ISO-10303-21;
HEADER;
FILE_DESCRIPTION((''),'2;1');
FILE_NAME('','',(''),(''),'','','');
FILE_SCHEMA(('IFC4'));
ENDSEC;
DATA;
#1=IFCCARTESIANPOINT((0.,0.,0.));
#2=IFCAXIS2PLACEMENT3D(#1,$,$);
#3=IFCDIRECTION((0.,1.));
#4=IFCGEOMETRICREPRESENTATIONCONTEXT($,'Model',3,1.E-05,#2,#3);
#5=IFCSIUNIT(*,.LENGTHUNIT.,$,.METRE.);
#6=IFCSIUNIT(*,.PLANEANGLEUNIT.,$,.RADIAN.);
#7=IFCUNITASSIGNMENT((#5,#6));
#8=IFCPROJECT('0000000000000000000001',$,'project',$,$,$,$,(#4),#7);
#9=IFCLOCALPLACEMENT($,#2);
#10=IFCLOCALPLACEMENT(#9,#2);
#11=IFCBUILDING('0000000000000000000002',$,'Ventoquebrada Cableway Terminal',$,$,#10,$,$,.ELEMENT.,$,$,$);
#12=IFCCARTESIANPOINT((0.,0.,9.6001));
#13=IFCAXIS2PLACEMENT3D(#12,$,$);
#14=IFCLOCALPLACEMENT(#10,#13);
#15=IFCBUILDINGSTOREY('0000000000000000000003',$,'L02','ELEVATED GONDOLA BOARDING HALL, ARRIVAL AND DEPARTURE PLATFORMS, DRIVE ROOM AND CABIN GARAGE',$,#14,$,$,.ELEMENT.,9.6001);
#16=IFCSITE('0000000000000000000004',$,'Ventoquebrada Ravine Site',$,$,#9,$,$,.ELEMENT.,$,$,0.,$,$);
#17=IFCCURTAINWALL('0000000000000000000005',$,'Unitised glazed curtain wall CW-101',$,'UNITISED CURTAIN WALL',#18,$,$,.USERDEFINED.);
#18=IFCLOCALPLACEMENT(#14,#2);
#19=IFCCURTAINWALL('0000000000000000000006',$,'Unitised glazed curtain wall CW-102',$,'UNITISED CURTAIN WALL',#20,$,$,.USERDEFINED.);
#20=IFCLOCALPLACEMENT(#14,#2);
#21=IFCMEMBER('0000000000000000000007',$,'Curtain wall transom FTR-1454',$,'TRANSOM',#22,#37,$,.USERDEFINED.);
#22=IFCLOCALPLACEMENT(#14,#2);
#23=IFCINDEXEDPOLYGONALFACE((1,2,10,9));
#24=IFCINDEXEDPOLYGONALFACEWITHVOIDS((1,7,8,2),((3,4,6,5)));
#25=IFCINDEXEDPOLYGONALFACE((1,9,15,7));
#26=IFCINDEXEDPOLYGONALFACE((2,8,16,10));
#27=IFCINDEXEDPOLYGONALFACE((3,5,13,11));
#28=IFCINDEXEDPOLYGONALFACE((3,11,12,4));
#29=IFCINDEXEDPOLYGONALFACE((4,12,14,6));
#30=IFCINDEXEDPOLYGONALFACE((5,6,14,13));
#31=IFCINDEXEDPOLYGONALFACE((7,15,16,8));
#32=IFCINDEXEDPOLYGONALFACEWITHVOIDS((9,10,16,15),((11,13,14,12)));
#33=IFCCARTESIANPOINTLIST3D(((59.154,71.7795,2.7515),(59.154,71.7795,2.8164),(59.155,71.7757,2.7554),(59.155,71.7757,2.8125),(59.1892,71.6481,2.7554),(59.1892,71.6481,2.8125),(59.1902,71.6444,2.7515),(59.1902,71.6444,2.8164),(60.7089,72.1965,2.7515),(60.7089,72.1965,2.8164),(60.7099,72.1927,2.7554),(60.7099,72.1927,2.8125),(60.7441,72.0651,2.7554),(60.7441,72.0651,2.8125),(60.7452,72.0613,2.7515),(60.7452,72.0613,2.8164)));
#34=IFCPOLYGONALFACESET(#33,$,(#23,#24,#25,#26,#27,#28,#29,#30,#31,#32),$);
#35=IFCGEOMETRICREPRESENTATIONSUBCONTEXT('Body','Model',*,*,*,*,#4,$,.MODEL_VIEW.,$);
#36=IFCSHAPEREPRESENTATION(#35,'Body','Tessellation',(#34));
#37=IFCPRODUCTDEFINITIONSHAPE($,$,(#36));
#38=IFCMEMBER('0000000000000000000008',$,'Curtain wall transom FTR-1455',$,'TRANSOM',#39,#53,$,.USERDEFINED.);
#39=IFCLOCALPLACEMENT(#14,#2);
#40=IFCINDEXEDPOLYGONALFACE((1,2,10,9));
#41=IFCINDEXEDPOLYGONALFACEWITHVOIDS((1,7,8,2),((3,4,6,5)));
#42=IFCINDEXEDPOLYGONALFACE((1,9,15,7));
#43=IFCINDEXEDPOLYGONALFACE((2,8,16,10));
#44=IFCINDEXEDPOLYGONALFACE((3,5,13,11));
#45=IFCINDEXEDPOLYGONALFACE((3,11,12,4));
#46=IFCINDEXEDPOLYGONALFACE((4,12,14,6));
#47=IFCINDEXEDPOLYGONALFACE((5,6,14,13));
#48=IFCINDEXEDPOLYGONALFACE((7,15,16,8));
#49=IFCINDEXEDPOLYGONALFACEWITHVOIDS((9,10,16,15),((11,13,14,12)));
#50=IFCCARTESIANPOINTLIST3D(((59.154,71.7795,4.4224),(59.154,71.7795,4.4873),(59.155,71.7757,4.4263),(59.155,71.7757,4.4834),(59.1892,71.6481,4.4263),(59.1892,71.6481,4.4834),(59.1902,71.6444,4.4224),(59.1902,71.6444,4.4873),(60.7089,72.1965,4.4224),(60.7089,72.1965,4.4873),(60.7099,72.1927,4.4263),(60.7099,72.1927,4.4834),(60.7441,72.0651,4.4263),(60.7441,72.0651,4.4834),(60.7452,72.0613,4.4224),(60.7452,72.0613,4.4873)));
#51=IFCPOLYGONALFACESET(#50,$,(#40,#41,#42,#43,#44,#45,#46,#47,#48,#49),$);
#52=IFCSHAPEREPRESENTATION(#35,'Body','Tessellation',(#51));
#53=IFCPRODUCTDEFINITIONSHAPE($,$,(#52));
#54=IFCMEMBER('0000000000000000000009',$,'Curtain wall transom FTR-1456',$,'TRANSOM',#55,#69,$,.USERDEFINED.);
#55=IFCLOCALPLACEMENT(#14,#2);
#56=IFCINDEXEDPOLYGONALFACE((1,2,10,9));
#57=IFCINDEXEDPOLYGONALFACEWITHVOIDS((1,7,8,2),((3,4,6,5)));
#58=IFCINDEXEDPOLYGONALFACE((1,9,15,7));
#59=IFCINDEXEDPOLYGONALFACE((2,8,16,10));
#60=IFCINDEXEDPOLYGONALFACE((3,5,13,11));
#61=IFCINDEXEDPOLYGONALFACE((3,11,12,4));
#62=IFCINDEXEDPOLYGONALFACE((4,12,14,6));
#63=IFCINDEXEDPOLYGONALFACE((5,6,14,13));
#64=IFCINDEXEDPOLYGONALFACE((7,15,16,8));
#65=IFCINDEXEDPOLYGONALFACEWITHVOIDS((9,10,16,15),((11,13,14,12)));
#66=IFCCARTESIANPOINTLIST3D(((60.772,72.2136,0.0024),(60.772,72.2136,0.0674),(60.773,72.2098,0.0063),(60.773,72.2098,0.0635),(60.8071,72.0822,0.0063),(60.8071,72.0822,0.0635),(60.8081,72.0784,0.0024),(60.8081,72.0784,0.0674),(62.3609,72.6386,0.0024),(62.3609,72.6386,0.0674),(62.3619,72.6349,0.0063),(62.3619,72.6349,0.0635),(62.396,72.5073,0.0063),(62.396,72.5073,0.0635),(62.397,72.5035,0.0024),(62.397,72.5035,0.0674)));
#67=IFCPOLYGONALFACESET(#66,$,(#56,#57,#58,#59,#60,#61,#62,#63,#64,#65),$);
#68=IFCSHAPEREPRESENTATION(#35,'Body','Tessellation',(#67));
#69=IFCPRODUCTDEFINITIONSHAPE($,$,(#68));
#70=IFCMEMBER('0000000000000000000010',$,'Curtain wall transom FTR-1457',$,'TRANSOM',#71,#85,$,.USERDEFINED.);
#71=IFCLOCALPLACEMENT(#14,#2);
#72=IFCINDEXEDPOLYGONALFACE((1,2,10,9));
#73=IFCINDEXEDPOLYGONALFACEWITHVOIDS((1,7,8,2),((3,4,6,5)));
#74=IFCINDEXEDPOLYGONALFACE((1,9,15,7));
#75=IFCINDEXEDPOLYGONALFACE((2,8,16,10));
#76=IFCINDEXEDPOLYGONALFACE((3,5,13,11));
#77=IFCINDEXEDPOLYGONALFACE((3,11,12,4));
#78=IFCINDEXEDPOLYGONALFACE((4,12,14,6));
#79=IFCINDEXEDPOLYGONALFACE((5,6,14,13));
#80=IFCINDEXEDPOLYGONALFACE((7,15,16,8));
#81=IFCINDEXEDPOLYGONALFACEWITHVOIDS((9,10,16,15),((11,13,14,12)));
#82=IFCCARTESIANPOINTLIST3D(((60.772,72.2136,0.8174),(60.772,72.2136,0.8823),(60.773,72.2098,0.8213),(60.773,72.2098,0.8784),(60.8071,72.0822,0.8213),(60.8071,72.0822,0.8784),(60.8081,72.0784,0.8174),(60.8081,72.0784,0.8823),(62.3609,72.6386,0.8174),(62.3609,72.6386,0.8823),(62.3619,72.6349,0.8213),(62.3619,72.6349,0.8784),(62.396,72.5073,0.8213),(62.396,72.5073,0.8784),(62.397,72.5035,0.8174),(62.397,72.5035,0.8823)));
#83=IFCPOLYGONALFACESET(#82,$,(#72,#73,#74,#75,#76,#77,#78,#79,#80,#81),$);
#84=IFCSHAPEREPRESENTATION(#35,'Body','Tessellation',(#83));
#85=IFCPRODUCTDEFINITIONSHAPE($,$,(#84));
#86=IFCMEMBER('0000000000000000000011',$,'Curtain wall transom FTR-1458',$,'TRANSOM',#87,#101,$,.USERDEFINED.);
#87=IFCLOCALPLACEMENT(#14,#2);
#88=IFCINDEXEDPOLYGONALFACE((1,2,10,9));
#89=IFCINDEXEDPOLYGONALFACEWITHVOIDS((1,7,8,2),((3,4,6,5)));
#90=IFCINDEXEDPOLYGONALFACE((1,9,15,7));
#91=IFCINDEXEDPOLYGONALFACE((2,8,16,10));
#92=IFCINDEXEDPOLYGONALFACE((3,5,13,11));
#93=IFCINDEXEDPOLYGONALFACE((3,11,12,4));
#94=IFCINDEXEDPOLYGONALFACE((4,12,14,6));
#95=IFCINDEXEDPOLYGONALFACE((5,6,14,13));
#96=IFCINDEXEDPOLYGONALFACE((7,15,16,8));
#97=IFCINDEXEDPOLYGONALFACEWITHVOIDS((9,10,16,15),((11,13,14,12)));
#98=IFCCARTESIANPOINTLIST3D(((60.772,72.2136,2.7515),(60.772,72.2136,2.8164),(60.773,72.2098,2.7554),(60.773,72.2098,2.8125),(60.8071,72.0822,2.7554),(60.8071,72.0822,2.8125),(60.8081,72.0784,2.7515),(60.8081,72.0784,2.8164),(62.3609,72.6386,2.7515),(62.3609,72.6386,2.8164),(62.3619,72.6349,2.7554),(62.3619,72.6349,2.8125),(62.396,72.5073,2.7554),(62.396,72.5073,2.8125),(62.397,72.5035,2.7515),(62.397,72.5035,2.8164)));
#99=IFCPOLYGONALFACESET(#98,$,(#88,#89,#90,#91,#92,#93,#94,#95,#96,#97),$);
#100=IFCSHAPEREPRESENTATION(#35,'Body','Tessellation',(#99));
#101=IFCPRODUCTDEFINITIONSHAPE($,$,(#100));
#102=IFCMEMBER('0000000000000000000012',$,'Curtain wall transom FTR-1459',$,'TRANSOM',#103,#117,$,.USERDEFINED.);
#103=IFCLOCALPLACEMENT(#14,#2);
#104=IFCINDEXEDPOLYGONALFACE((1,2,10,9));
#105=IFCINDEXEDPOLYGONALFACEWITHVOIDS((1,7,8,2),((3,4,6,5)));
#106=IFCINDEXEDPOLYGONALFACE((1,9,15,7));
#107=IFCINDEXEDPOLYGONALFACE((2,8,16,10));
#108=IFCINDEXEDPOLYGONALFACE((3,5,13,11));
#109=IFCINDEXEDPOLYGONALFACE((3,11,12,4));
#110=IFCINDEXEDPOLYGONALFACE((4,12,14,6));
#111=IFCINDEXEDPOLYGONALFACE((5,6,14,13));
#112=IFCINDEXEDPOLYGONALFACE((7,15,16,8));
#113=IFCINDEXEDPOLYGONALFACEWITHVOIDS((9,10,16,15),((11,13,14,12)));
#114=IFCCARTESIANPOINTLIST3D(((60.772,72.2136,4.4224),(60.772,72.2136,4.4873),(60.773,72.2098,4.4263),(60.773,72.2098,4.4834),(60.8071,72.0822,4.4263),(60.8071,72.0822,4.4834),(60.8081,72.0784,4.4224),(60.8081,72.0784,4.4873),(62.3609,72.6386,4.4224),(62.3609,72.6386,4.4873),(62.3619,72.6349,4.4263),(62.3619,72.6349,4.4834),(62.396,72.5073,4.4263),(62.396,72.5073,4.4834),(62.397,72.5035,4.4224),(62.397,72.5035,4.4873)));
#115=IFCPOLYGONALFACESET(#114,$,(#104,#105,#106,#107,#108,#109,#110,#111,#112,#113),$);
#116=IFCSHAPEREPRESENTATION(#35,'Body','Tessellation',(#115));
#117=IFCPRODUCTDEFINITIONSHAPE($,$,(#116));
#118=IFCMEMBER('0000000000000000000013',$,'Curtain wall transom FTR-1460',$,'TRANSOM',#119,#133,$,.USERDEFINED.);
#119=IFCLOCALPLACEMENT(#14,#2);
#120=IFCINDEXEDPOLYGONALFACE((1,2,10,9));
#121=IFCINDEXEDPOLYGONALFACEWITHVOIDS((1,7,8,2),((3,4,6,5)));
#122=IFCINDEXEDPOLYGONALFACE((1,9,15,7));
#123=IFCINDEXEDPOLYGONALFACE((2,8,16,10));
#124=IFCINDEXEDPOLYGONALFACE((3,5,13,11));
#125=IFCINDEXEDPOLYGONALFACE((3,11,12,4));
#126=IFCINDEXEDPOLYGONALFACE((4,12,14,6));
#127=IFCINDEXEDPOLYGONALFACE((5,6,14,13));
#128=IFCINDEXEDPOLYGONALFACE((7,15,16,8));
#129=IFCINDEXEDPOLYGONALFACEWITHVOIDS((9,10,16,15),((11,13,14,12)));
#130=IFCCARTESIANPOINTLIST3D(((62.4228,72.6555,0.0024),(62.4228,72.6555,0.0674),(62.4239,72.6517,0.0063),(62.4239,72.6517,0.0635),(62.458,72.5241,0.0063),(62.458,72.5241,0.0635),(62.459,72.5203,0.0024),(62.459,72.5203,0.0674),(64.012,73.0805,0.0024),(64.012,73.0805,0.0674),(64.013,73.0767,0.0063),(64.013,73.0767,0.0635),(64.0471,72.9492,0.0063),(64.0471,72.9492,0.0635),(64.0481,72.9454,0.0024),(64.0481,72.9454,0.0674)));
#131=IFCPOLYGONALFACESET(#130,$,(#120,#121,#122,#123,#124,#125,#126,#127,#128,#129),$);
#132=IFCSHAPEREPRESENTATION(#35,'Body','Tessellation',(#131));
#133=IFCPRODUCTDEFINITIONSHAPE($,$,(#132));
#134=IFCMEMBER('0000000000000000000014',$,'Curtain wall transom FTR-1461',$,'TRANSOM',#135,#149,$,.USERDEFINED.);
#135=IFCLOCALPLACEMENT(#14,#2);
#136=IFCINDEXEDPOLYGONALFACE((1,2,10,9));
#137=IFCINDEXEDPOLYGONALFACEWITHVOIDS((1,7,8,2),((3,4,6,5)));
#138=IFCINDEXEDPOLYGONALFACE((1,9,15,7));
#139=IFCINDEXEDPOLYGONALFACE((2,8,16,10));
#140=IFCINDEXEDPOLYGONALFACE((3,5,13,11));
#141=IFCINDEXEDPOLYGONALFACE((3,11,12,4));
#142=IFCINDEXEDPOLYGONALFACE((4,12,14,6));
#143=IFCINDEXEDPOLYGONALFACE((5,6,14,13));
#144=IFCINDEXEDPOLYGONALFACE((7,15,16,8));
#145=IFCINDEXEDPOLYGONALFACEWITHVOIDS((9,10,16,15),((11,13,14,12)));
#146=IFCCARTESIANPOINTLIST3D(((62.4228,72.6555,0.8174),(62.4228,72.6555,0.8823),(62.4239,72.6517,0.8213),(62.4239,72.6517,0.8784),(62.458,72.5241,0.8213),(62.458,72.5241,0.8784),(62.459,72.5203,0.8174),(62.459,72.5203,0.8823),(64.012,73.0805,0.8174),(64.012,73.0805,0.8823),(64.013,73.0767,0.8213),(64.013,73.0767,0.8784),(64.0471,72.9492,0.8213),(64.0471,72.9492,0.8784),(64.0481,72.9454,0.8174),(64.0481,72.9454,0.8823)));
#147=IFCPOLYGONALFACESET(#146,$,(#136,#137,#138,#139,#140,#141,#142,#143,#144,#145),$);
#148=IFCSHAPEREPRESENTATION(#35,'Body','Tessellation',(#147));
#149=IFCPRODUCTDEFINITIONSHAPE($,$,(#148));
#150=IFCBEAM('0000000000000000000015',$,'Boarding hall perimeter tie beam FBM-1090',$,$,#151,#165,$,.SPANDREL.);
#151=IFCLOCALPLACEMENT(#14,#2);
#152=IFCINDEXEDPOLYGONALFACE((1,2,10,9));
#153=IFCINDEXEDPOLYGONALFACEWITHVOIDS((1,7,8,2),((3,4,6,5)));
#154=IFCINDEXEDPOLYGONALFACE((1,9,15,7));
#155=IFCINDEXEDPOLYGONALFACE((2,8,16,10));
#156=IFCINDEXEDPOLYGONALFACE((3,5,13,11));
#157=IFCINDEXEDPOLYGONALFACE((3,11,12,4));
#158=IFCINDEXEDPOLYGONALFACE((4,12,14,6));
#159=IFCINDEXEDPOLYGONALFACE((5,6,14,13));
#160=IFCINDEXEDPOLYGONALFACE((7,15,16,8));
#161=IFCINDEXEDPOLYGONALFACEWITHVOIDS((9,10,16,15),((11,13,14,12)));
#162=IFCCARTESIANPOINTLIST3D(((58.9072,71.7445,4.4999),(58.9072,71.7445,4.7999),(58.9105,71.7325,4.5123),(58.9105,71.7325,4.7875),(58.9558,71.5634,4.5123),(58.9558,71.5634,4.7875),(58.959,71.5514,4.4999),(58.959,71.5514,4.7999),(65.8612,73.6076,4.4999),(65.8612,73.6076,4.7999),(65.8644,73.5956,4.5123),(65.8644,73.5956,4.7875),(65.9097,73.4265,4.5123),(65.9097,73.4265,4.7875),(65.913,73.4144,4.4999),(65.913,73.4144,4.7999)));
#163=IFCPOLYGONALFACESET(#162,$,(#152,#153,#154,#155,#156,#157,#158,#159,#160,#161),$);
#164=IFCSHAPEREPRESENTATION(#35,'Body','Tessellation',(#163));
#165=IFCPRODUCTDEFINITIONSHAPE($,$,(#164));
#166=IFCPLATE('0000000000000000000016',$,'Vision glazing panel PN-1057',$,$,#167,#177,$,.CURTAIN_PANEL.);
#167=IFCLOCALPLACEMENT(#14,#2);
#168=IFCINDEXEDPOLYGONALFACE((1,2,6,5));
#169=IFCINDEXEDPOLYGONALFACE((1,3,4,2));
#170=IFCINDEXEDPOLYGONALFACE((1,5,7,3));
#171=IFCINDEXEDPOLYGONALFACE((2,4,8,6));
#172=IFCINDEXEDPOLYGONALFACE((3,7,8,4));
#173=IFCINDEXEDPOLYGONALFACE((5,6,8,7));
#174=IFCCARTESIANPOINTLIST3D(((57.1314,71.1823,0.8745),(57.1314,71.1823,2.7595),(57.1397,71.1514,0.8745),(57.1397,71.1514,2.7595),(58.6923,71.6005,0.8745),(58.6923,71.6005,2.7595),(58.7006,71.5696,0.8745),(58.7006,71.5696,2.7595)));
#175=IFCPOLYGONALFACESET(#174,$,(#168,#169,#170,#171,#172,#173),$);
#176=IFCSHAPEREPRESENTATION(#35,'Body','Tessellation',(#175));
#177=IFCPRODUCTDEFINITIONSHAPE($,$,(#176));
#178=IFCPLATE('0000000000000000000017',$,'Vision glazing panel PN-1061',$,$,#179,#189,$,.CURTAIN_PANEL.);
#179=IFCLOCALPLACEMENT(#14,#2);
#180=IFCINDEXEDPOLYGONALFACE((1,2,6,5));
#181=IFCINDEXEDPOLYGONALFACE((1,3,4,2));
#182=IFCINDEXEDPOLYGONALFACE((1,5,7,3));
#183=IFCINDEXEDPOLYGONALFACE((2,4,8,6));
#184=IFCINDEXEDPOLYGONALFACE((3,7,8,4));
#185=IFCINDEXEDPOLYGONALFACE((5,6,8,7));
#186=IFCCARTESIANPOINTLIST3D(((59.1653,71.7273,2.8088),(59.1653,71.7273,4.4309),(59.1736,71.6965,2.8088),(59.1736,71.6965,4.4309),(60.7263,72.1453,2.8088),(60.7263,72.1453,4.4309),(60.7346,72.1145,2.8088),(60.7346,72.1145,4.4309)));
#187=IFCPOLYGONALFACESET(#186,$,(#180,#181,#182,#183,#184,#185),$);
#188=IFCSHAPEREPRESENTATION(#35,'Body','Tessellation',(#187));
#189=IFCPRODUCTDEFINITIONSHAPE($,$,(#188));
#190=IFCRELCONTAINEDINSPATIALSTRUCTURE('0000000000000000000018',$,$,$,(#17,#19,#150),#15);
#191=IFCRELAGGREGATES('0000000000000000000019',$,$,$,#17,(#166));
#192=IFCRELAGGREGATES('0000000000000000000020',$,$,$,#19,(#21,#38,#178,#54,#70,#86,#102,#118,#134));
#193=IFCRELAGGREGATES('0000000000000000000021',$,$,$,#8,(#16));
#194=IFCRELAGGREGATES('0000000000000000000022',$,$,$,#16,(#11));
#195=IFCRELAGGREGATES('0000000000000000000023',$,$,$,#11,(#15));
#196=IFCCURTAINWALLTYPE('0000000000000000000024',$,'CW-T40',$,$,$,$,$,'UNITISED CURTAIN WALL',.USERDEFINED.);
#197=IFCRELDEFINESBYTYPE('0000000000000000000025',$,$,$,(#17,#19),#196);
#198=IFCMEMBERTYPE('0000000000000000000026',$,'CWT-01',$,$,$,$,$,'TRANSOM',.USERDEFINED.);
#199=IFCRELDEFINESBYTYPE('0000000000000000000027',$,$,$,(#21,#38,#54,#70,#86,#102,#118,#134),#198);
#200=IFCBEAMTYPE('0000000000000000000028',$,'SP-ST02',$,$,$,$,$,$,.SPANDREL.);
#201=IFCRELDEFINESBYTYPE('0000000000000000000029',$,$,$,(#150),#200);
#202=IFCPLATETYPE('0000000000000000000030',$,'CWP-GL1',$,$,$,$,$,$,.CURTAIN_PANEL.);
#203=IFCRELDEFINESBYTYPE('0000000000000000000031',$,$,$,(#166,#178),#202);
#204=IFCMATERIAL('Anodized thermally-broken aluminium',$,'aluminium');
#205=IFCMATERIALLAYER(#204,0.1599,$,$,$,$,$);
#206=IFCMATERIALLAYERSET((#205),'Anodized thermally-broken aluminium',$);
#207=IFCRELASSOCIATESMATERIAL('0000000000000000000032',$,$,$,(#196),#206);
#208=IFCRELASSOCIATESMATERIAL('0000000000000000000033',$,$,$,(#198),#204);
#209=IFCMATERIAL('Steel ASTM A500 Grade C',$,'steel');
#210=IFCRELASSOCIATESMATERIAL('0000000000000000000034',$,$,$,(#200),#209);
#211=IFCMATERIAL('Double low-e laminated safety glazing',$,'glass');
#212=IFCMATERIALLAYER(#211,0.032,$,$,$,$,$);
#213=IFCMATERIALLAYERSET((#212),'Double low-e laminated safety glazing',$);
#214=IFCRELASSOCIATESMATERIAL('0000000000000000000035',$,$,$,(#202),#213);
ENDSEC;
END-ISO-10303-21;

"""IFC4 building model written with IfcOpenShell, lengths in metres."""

from ifc_helpers import new_model, si_unit, direction, frame, origin, origin_2d, place, context, subcontext, project, spatial, rectangle, hollow_rectangle, extrude, material, layer, layer_set, material_profile, profile_set, type_object, element, aggregate, save


model = new_model("IFC4")

# Units and contexts
model_context = context("Model", 3, precision=1e-05, world=origin(), true_north=direction((0.0, 1.0)))
body_context = subcontext(model_context, "Body", "Model", "MODEL_VIEW")
ifc_project = project(units=[si_unit("LENGTHUNIT", "METRE"), si_unit("PLANEANGLEUNIT", "RADIAN")], contexts=[model_context])

# Site, building, storey
site_placement = place(None, origin())
site = spatial("IfcSite", under=ifc_project, at=site_placement, Name="Ventoquebrada Ravine Site", CompositionType="ELEMENT", RefElevation=0.0)
building_placement = place(site_placement, origin())
building = spatial("IfcBuilding", under=site, at=building_placement, Name="Ventoquebrada Cableway Terminal", CompositionType="ELEMENT")
storey_placement = place(building_placement, frame((0.0, 0.0, 9.6001)))
storey = spatial("IfcBuildingStorey", under=building, at=storey_placement, Name="L02", Description="ELEVATED GONDOLA BOARDING HALL, ARRIVAL AND DEPARTURE PLATFORMS, DRIVE ROOM AND CABIN GARAGE", CompositionType="ELEMENT", Elevation=9.6001)

# Shared definitions
ifc_material_1 = material(Name="Steel ASTM A500 Grade C", Category="steel")

# Curtain wall
ifc_material_2 = material(Name="Anodized thermally-broken aluminium", Category="aluminium")
ifc_layer_1 = layer(ifc_material_2, 0.1599)
ifc_layer_set_1 = layer_set([ifc_layer_1], Name="Anodized thermally-broken aluminium")
curtain_wall_type = type_object("IfcCurtainWallType", Name="CW-T40", ElementType="UNITISED CURTAIN WALL", PredefinedType="USERDEFINED", material=ifc_layer_set_1)
curtain_wall_1_placement = place(storey_placement, origin())
curtain_wall_1 = element("IfcCurtainWall", 1, at=curtain_wall_1_placement, inside=storey, type_object=curtain_wall_type, Name="Unitised glazed curtain wall CW-101", ObjectType="UNITISED CURTAIN WALL", PredefinedType="USERDEFINED")

# Curtain wall
curtain_wall_2_placement = place(storey_placement, origin())
curtain_wall_2 = element("IfcCurtainWall", 2, at=curtain_wall_2_placement, inside=storey, type_object=curtain_wall_type, Name="Unitised glazed curtain wall CW-102", ObjectType="UNITISED CURTAIN WALL", PredefinedType="USERDEFINED")

# Members
ifc_material_profile_1 = material_profile(ifc_material_2, hollow_rectangle(XDim=0.0649, YDim=0.1399, WallThickness=0.0039, at=origin_2d()), Name="CW-TRN-65X140")
ifc_profile_set_1 = profile_set([ifc_material_profile_1], Name="Anodized thermally-broken aluminium")
member_type_1 = type_object("IfcMemberType", Name="CWT-01", ElementType="TRANSOM", PredefinedType="USERDEFINED", material=ifc_profile_set_1)
member_1_placement = place(storey_placement, frame((59.1721, 71.7119, 2.7839), z_axis=(0.965872, 0.259022, 0.0), x_axis=(0.0, 0.0, 1.0)))
member_1 = element("IfcMember", 3, at=member_1_placement, type_object=member_type_1, Name="Curtain wall transom FTR-1454", ObjectType="TRANSOM", PredefinedType="USERDEFINED", context=body_context, shape_type="SweptSolid", body=[
    extrude(hollow_rectangle(XDim=0.0649, YDim=0.1399, WallThickness=0.0039, at=origin_2d()), origin(), (0.0, 0.0, 1.0), 1.6099),
])
member_2_placement = place(storey_placement, frame((59.1721, 71.7119, 4.4548), z_axis=(0.965872, 0.259022, 0.0), x_axis=(0.0, 0.0, 1.0)))
member_2 = element("IfcMember", 4, at=member_2_placement, type_object=member_type_1, Name="Curtain wall transom FTR-1455", ObjectType="TRANSOM", PredefinedType="USERDEFINED", context=body_context, shape_type="SweptSolid", body=[
    extrude(hollow_rectangle(XDim=0.0649, YDim=0.1399, WallThickness=0.0039, at=origin_2d()), origin(), (0.0, 0.0, 1.0), 1.6099),
])
member_3_placement = place(storey_placement, frame((60.79, 72.146, 0.0349), z_axis=(0.96603, 0.258429, 0.0), x_axis=(0.0, 0.0, 1.0)))
member_3 = element("IfcMember", 5, at=member_3_placement, type_object=member_type_1, Name="Curtain wall transom FTR-1456", ObjectType="TRANSOM", PredefinedType="USERDEFINED", context=body_context, shape_type="SweptSolid", body=[
    extrude(hollow_rectangle(XDim=0.0649, YDim=0.1399, WallThickness=0.0039, at=origin_2d()), origin(), (0.0, 0.0, 1.0), 1.6448),
])
member_4_placement = place(storey_placement, frame((60.79, 72.146, 0.8499), z_axis=(0.96603, 0.258429, 0.0), x_axis=(0.0, 0.0, 1.0)))
member_4 = element("IfcMember", 6, at=member_4_placement, type_object=member_type_1, Name="Curtain wall transom FTR-1457", ObjectType="TRANSOM", PredefinedType="USERDEFINED", context=body_context, shape_type="SweptSolid", body=[
    extrude(hollow_rectangle(XDim=0.0649, YDim=0.1399, WallThickness=0.0039, at=origin_2d()), origin(), (0.0, 0.0, 1.0), 1.6448),
])
member_5_placement = place(storey_placement, frame((60.79, 72.146, 2.7839), z_axis=(0.96603, 0.258429, 0.0), x_axis=(0.0, 0.0, 1.0)))
member_5 = element("IfcMember", 7, at=member_5_placement, type_object=member_type_1, Name="Curtain wall transom FTR-1458", ObjectType="TRANSOM", PredefinedType="USERDEFINED", context=body_context, shape_type="SweptSolid", body=[
    extrude(hollow_rectangle(XDim=0.0649, YDim=0.1399, WallThickness=0.0039, at=origin_2d()), origin(), (0.0, 0.0, 1.0), 1.6448),
])
member_6_placement = place(storey_placement, frame((60.79, 72.146, 4.4548), z_axis=(0.96603, 0.258429, 0.0), x_axis=(0.0, 0.0, 1.0)))
member_6 = element("IfcMember", 8, at=member_6_placement, type_object=member_type_1, Name="Curtain wall transom FTR-1459", ObjectType="TRANSOM", PredefinedType="USERDEFINED", context=body_context, shape_type="SweptSolid", body=[
    extrude(hollow_rectangle(XDim=0.0649, YDim=0.1399, WallThickness=0.0039, at=origin_2d()), origin(), (0.0, 0.0, 1.0), 1.6448),
])
member_7_placement = place(storey_placement, frame((62.4409, 72.5879, 0.0349), z_axis=(0.96604, 0.258392, 0.0), x_axis=(0.0, 0.0, 1.0)))
member_7 = element("IfcMember", 9, at=member_7_placement, type_object=member_type_1, Name="Curtain wall transom FTR-1460", ObjectType="TRANSOM", PredefinedType="USERDEFINED", context=body_context, shape_type="SweptSolid", body=[
    extrude(hollow_rectangle(XDim=0.0649, YDim=0.1399, WallThickness=0.0039, at=origin_2d()), origin(), (0.0, 0.0, 1.0), 1.645),
])
member_8_placement = place(storey_placement, frame((62.4409, 72.5879, 0.8499), z_axis=(0.96604, 0.258392, 0.0), x_axis=(0.0, 0.0, 1.0)))
member_8 = element("IfcMember", 10, at=member_8_placement, type_object=member_type_1, Name="Curtain wall transom FTR-1461", ObjectType="TRANSOM", PredefinedType="USERDEFINED", context=body_context, shape_type="SweptSolid", body=[
    extrude(hollow_rectangle(XDim=0.0649, YDim=0.1399, WallThickness=0.0039, at=origin_2d()), origin(), (0.0, 0.0, 1.0), 1.645),
])

# Beam
ifc_material_profile_2 = material_profile(ifc_material_1, hollow_rectangle(XDim=0.2, YDim=0.3, WallThickness=0.0125, at=origin_2d()), Name="RHS300X200X12.5")
ifc_profile_set_2 = profile_set([ifc_material_profile_2], Name="Steel ASTM A500 Grade C")
beam_type = type_object("IfcBeamType", Name="SP-ST02", PredefinedType="SPANDREL", material=ifc_profile_set_2)
beam_placement = place(storey_placement, frame((58.9331, 71.6479, 4.6499), z_axis=(0.965934, 0.258788, 0.0), x_axis=(-0.258788, 0.965934, 0.0)))
element("IfcBeam", 11, at=beam_placement, inside=storey, type_object=beam_type, Name="Boarding hall perimeter tie beam FBM-1090", PredefinedType="SPANDREL", context=body_context, shape_type="SweptSolid", body=[
    extrude(hollow_rectangle(XDim=0.2, YDim=0.3, WallThickness=0.0125, at=origin_2d()), origin(), (0.0, 0.0, 1.0), 7.1992),
])

# Plates
ifc_material_3 = material(Name="Double low-e laminated safety glazing", Category="glass")
ifc_layer_2 = layer(ifc_material_3, 0.032)
ifc_layer_set_2 = layer_set([ifc_layer_2], Name="Double low-e laminated safety glazing")
plate_type_1 = type_object("IfcPlateType", Name="CWP-GL1", PredefinedType="CURTAIN_PANEL", material=ifc_layer_set_2)
plate_1_placement = place(storey_placement, frame((57.916, 71.376, 0.8745), z_axis=(0.0, 0.0, 1.0), x_axis=(0.965939, 0.258768, 0.0)))
plate_1 = element("IfcPlate", 12, at=plate_1_placement, type_object=plate_type_1, Name="Vision glazing panel PN-1057", PredefinedType="CURTAIN_PANEL", context=body_context, shape_type="SweptSolid", body=[
    extrude(rectangle(XDim=1.616, YDim=0.032, at=origin_2d()), origin(), (0.0, 0.0, 1.0), 1.885),
])
plate_2_placement = place(storey_placement, frame((59.95, 71.9209, 2.8088), z_axis=(0.0, 0.0, 1.0), x_axis=(0.965966, 0.258667, 0.0)))
plate_2 = element("IfcPlate", 13, at=plate_2_placement, type_object=plate_type_1, Name="Vision glazing panel PN-1061", PredefinedType="CURTAIN_PANEL", context=body_context, shape_type="SweptSolid", body=[
    extrude(rectangle(XDim=1.616, YDim=0.032, at=origin_2d()), origin(), (0.0, 0.0, 1.0), 1.6221),
])
aggregate(curtain_wall_1, [plate_1])
aggregate(curtain_wall_2, [member_1, member_2, plate_2, member_3, member_4, member_5, member_6, member_7, member_8])

save(model, "model.ifc")
